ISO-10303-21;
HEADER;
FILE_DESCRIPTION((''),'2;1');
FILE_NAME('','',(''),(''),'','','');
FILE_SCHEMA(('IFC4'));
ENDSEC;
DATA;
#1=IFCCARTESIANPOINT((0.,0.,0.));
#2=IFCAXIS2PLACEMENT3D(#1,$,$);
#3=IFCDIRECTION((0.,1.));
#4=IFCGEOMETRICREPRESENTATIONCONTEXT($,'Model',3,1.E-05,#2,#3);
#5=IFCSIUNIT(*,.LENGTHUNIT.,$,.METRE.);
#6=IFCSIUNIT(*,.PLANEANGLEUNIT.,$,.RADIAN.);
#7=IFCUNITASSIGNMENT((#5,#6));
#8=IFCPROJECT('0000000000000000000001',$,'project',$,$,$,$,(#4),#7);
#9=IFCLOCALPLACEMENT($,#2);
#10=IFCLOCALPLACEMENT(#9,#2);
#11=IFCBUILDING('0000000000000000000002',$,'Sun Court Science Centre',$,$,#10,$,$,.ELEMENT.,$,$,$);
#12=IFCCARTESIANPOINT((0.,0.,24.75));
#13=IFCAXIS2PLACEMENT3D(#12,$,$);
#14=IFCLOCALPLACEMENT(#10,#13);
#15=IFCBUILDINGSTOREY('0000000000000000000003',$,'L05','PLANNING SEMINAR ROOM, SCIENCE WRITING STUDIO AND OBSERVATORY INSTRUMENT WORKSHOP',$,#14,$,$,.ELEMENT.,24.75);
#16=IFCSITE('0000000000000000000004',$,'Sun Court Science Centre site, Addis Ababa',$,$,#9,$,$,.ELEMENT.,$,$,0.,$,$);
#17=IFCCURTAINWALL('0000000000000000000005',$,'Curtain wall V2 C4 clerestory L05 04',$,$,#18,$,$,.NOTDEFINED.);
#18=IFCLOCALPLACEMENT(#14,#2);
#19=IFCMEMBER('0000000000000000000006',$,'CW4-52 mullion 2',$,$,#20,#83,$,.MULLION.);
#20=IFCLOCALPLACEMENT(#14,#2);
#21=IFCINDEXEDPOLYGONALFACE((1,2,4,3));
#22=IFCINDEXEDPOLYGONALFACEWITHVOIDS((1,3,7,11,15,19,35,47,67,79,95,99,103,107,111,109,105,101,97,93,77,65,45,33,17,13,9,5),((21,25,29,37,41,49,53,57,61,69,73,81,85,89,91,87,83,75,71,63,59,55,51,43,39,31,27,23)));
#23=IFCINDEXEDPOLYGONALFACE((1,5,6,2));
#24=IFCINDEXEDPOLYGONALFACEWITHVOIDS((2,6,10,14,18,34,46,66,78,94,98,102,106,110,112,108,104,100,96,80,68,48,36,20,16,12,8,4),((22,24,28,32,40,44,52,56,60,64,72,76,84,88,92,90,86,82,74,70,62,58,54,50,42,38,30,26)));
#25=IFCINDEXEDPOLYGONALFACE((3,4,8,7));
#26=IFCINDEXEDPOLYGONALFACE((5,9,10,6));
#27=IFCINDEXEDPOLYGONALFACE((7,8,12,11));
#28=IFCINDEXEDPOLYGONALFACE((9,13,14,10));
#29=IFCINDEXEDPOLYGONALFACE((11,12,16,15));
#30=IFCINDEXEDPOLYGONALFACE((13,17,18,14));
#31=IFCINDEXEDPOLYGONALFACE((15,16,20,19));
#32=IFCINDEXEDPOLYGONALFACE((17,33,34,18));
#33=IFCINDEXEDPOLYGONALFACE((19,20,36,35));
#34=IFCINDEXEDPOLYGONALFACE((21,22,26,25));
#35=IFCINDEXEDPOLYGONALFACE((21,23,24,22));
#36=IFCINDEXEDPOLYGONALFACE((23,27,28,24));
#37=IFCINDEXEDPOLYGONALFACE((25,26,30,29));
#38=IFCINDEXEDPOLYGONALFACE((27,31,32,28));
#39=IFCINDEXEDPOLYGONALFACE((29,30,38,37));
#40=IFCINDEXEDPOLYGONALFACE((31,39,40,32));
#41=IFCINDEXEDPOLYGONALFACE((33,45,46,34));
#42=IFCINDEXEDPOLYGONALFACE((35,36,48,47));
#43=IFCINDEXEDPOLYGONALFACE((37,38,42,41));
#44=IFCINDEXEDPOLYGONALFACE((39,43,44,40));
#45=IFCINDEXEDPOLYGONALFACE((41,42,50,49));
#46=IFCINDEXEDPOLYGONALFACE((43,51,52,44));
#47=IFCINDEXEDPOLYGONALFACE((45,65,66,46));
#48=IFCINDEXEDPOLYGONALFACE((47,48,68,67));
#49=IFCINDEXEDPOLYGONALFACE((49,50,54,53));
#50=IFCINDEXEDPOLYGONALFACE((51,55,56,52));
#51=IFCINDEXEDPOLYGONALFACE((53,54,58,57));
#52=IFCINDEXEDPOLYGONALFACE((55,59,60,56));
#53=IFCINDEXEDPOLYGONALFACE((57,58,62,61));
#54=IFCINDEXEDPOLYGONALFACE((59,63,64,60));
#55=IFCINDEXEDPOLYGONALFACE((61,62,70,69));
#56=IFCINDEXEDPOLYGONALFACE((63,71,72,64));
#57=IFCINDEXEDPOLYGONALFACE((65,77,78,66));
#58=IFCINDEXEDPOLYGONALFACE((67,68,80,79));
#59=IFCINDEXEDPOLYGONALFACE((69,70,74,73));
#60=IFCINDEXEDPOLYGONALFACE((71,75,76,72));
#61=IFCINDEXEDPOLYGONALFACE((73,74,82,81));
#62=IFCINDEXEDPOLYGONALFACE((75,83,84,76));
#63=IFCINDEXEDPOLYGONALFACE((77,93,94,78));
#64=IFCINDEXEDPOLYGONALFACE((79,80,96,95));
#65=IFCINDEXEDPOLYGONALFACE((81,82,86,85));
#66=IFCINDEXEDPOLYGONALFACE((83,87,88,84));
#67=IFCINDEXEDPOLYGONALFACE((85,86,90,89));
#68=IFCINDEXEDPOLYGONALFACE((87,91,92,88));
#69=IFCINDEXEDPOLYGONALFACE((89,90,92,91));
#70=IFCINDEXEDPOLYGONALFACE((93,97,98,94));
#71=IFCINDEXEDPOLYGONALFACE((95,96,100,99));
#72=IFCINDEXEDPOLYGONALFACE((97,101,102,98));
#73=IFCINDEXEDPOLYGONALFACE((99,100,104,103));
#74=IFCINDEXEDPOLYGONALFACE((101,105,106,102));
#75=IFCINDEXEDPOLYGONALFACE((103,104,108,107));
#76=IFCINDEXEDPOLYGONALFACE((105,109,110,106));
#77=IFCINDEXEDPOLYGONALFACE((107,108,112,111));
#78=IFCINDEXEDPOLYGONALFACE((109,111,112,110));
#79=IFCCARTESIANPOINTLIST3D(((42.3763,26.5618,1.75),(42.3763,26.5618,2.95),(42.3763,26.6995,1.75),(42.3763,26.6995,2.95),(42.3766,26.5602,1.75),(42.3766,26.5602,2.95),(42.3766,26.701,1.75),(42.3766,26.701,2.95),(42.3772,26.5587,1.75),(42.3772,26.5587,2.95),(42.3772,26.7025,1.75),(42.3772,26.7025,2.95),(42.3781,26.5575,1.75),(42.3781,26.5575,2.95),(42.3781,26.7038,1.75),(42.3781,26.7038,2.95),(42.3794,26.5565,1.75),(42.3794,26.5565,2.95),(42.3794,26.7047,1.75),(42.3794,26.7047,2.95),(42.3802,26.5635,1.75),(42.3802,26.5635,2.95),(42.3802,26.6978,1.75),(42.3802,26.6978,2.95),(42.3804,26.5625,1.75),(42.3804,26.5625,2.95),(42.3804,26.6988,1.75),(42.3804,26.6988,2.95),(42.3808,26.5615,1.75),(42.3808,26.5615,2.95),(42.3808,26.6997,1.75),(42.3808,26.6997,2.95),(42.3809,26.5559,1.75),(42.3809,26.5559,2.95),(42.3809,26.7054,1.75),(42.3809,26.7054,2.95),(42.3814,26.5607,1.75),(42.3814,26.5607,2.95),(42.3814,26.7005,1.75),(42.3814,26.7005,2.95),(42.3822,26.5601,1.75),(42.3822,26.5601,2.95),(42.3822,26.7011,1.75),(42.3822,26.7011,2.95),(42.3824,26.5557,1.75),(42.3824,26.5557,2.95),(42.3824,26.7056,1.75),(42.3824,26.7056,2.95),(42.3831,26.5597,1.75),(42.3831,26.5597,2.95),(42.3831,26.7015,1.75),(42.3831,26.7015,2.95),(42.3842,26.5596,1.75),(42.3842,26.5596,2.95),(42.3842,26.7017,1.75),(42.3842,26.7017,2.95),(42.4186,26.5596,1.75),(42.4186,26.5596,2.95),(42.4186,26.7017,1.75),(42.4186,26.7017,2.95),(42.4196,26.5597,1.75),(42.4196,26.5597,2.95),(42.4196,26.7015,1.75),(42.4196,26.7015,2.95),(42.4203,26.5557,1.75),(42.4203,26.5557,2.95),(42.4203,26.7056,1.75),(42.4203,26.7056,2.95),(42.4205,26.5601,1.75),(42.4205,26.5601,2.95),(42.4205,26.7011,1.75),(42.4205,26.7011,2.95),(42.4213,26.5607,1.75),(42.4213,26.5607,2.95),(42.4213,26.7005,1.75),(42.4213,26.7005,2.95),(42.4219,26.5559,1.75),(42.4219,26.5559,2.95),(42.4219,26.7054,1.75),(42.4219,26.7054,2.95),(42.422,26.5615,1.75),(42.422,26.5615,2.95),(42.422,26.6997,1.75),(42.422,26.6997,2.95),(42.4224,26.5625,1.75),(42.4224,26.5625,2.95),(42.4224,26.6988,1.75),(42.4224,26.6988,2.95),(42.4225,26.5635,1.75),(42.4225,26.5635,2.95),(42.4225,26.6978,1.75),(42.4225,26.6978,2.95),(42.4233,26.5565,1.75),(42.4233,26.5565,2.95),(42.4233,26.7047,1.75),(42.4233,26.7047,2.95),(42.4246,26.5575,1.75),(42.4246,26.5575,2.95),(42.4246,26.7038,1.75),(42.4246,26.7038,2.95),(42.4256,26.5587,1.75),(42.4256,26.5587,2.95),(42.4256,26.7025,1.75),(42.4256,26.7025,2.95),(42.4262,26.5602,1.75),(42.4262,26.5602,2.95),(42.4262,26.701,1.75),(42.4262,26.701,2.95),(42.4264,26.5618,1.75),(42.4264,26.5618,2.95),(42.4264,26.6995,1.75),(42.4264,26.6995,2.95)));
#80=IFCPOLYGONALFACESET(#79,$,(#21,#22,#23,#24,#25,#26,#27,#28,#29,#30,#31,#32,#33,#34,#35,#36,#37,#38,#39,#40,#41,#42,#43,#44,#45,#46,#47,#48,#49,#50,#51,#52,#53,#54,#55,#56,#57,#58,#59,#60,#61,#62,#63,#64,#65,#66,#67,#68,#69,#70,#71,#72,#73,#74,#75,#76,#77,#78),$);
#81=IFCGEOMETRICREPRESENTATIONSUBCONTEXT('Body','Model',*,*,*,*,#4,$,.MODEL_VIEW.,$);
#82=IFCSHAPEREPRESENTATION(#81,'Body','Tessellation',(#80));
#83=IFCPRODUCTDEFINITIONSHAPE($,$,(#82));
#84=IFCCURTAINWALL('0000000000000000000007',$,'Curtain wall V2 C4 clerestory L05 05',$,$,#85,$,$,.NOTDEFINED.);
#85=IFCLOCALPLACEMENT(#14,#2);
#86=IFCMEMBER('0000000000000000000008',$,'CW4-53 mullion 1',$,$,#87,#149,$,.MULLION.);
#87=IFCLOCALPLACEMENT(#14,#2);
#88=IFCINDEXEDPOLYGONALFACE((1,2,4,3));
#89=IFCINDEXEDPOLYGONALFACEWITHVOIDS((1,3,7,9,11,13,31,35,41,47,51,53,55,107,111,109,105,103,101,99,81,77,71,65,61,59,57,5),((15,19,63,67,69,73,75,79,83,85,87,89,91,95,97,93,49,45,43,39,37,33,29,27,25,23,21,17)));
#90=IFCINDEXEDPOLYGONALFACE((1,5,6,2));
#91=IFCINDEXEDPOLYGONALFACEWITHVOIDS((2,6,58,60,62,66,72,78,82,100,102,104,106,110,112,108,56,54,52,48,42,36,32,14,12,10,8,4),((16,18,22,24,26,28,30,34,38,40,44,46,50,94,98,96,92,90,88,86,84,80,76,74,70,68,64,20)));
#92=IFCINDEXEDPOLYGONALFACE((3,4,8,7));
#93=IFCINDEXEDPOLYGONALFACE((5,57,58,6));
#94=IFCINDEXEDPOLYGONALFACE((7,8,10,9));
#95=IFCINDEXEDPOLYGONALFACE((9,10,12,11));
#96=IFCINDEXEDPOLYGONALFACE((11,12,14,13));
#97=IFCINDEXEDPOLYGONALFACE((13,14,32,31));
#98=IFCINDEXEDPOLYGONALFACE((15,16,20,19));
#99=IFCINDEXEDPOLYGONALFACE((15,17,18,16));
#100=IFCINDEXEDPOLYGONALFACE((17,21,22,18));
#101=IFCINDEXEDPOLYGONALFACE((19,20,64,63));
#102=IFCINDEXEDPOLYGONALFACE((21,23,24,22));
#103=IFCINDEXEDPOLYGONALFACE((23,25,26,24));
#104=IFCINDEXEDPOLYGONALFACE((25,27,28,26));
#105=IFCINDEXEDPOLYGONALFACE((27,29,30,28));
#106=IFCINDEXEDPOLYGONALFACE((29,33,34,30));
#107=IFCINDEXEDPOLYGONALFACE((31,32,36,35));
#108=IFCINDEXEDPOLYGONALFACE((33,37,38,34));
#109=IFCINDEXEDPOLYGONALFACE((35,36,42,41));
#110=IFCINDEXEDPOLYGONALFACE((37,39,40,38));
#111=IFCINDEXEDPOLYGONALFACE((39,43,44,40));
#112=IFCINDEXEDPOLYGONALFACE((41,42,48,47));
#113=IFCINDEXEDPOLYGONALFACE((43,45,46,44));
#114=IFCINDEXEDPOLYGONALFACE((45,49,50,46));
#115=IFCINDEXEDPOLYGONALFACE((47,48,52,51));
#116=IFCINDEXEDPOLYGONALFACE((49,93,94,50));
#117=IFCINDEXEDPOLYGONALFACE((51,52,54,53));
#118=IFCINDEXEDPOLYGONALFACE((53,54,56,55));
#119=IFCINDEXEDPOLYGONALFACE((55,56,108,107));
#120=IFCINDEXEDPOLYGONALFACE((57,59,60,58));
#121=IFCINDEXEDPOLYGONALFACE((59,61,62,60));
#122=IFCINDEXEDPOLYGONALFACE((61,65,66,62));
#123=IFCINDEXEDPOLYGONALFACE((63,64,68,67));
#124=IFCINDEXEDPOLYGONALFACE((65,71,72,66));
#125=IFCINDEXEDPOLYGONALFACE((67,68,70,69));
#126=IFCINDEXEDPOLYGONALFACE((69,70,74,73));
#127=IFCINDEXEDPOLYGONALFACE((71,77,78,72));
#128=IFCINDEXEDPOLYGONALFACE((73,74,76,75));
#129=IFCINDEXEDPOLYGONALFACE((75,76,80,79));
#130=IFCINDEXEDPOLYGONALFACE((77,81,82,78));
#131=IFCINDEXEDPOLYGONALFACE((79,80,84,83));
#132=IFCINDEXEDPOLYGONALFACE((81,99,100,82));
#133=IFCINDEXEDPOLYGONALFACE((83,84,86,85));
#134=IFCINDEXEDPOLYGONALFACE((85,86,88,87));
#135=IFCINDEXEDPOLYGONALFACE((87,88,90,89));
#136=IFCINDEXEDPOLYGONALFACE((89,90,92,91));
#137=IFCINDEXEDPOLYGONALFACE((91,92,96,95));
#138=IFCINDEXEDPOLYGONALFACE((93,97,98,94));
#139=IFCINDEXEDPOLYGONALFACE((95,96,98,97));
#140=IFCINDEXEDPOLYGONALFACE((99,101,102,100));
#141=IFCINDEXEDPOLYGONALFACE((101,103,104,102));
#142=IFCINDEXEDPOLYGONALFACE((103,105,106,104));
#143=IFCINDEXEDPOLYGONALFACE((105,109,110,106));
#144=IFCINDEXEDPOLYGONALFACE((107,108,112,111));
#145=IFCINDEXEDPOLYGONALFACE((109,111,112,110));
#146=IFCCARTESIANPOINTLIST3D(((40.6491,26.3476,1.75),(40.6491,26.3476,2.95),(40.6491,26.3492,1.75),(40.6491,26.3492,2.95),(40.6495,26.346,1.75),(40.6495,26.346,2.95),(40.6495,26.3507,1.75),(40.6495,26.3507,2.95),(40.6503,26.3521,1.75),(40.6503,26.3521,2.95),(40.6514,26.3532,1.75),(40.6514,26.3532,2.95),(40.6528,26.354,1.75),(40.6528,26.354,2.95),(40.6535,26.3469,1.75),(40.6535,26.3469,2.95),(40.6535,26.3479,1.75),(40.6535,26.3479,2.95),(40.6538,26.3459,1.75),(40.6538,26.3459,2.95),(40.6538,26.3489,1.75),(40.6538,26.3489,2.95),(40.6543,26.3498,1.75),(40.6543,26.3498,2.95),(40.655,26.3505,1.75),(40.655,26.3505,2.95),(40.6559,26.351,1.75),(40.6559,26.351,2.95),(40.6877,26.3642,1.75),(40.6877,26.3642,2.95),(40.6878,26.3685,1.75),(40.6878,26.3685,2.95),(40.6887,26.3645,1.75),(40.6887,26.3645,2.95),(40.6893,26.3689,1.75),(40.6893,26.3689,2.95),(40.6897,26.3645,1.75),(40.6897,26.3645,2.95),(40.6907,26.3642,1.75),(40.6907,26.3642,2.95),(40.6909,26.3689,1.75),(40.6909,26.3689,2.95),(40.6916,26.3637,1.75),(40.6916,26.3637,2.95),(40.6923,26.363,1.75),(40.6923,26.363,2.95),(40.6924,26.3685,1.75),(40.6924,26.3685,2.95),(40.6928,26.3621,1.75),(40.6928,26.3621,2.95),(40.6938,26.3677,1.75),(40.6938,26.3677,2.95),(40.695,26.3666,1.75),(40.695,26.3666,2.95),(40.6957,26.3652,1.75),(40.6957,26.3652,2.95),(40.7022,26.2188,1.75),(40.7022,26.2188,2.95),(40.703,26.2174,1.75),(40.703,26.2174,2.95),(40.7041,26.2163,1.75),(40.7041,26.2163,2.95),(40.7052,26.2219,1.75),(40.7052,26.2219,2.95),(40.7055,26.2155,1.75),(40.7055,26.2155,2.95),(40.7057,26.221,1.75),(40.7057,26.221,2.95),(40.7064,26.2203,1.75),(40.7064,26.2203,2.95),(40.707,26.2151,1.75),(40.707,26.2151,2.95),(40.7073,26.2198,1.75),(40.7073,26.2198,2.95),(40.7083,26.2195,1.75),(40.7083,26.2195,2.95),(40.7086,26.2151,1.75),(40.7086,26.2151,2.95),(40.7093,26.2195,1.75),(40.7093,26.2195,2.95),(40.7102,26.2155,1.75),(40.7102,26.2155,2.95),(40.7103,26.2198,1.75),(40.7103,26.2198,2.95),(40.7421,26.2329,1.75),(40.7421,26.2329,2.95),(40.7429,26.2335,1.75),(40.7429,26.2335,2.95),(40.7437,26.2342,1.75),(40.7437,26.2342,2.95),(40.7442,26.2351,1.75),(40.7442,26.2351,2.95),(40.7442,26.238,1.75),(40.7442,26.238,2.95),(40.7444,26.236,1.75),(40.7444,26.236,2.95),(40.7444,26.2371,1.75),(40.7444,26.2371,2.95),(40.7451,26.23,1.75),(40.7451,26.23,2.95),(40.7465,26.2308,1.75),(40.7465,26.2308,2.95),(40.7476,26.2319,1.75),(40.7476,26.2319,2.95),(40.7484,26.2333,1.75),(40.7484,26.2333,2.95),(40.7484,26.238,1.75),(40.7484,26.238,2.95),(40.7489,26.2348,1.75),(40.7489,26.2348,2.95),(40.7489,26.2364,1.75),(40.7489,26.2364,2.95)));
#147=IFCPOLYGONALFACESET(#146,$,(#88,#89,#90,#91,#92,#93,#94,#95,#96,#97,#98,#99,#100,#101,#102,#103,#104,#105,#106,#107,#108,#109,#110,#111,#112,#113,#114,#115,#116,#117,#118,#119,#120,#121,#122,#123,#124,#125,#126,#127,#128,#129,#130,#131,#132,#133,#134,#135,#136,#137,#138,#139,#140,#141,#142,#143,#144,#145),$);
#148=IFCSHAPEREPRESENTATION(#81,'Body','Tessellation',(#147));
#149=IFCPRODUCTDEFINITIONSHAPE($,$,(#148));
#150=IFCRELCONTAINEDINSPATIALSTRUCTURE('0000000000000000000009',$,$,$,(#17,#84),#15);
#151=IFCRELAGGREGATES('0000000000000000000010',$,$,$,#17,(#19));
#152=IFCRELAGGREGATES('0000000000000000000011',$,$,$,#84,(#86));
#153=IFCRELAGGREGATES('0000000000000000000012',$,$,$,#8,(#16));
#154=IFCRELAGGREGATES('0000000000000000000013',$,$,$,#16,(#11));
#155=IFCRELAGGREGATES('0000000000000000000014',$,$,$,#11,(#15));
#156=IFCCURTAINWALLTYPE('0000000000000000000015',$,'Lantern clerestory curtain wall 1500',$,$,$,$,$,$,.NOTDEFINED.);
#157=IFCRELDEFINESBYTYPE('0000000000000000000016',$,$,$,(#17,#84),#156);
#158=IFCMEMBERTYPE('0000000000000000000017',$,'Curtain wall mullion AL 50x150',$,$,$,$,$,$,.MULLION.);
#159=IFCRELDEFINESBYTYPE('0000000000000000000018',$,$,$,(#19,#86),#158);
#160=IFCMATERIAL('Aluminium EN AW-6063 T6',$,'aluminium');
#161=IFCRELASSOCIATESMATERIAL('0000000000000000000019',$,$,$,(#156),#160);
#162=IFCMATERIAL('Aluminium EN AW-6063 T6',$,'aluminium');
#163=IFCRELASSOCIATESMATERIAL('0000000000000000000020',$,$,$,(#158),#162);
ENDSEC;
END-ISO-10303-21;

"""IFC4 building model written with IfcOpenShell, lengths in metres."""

from ifc_helpers import new_model, si_unit, direction, frame, origin, origin_2d, place, context, subcontext, project, spatial, hollow_rectangle, extrude, material, material_profile, profile_set, type_object, element, aggregate, save


model = new_model("IFC4")

# Units and contexts
model_context = context("Model", 3, precision=1e-05, world=origin(), true_north=direction((0.0, 1.0)))
body_context = subcontext(model_context, "Body", "Model", "MODEL_VIEW")
ifc_project = project(units=[si_unit("LENGTHUNIT", "METRE"), si_unit("PLANEANGLEUNIT", "RADIAN")], contexts=[model_context])

# Site, building, storey
site_placement = place(None, origin())
site = spatial("IfcSite", under=ifc_project, at=site_placement, Name="Sun Court Science Centre site, Addis Ababa", CompositionType="ELEMENT", RefElevation=0.0)
building_placement = place(site_placement, origin())
building = spatial("IfcBuilding", under=site, at=building_placement, Name="Sun Court Science Centre", CompositionType="ELEMENT")
storey_placement = place(building_placement, frame((0.0, 0.0, 24.75)))
storey = spatial("IfcBuildingStorey", under=building, at=storey_placement, Name="L05", Description="PLANNING SEMINAR ROOM, SCIENCE WRITING STUDIO AND OBSERVATORY INSTRUMENT WORKSHOP", CompositionType="ELEMENT", Elevation=24.75)

# Shared definitions
ifc_material_1 = material(Name="Aluminium EN AW-6063 T6", Category="aluminium")
curtain_wall_type = type_object("IfcCurtainWallType", Name="Lantern clerestory curtain wall 1500", PredefinedType="NOTDEFINED", material=ifc_material_1)
ifc_material_2 = material(Name="Aluminium EN AW-6063 T6", Category="aluminium")
ifc_material_profile_1 = material_profile(ifc_material_2, hollow_rectangle(XDim=0.05, YDim=0.1499, WallThickness=0.0039, InnerFilletRadius=0.0039, OuterFilletRadius=0.0061, at=origin_2d()), Name="AL 50x150x4")
ifc_profile_set_1 = profile_set([ifc_material_profile_1], Name="Aluminium EN AW-6063 T6")
member_type_1 = type_object("IfcMemberType", Name="Curtain wall mullion AL 50x150", PredefinedType="MULLION", material=ifc_profile_set_1)

# Curtain walls, members
curtain_wall_1_placement = place(storey_placement, origin())
curtain_wall_1 = element("IfcCurtainWall", 1, at=curtain_wall_1_placement, inside=storey, type_object=curtain_wall_type, Name="Curtain wall V2 C4 clerestory L05 04", PredefinedType="NOTDEFINED")
member_1_placement = place(storey_placement, frame((42.4014, 26.6306, 1.75), z_axis=(0.0, 0.0, 1.0), x_axis=(1.0, 0.0, 0.0)))
member_1 = element("IfcMember", 2, at=member_1_placement, type_object=member_type_1, Name="CW4-52 mullion 2", PredefinedType="MULLION", context=body_context, shape_type="SweptSolid", body=[
    extrude(hollow_rectangle(XDim=0.05, YDim=0.1499, WallThickness=0.0039, InnerFilletRadius=0.0039, OuterFilletRadius=0.0061, at=origin_2d()), origin(), (0.0, 0.0, 1.0), 1.2),
])
curtain_wall_2_placement = place(storey_placement, origin())
curtain_wall_2 = element("IfcCurtainWall", 3, at=curtain_wall_2_placement, inside=storey, type_object=curtain_wall_type, Name="Curtain wall V2 C4 clerestory L05 05", PredefinedType="NOTDEFINED")
member_2_placement = place(storey_placement, frame((40.699, 26.292, 1.75), z_axis=(0.0, 0.0, 1.0), x_axis=(0.92388, 0.382683, 0.0)))
member_2 = element("IfcMember", 4, at=member_2_placement, type_object=member_type_1, Name="CW4-53 mullion 1", PredefinedType="MULLION", context=body_context, shape_type="SweptSolid", body=[
    extrude(hollow_rectangle(XDim=0.05, YDim=0.1499, WallThickness=0.0039, InnerFilletRadius=0.0039, OuterFilletRadius=0.0061, at=origin_2d()), origin(), (0.0, 0.0, 1.0), 1.2),
])

aggregate(curtain_wall_1, [member_1])
aggregate(curtain_wall_2, [member_2])

save(model, "model.ifc")
